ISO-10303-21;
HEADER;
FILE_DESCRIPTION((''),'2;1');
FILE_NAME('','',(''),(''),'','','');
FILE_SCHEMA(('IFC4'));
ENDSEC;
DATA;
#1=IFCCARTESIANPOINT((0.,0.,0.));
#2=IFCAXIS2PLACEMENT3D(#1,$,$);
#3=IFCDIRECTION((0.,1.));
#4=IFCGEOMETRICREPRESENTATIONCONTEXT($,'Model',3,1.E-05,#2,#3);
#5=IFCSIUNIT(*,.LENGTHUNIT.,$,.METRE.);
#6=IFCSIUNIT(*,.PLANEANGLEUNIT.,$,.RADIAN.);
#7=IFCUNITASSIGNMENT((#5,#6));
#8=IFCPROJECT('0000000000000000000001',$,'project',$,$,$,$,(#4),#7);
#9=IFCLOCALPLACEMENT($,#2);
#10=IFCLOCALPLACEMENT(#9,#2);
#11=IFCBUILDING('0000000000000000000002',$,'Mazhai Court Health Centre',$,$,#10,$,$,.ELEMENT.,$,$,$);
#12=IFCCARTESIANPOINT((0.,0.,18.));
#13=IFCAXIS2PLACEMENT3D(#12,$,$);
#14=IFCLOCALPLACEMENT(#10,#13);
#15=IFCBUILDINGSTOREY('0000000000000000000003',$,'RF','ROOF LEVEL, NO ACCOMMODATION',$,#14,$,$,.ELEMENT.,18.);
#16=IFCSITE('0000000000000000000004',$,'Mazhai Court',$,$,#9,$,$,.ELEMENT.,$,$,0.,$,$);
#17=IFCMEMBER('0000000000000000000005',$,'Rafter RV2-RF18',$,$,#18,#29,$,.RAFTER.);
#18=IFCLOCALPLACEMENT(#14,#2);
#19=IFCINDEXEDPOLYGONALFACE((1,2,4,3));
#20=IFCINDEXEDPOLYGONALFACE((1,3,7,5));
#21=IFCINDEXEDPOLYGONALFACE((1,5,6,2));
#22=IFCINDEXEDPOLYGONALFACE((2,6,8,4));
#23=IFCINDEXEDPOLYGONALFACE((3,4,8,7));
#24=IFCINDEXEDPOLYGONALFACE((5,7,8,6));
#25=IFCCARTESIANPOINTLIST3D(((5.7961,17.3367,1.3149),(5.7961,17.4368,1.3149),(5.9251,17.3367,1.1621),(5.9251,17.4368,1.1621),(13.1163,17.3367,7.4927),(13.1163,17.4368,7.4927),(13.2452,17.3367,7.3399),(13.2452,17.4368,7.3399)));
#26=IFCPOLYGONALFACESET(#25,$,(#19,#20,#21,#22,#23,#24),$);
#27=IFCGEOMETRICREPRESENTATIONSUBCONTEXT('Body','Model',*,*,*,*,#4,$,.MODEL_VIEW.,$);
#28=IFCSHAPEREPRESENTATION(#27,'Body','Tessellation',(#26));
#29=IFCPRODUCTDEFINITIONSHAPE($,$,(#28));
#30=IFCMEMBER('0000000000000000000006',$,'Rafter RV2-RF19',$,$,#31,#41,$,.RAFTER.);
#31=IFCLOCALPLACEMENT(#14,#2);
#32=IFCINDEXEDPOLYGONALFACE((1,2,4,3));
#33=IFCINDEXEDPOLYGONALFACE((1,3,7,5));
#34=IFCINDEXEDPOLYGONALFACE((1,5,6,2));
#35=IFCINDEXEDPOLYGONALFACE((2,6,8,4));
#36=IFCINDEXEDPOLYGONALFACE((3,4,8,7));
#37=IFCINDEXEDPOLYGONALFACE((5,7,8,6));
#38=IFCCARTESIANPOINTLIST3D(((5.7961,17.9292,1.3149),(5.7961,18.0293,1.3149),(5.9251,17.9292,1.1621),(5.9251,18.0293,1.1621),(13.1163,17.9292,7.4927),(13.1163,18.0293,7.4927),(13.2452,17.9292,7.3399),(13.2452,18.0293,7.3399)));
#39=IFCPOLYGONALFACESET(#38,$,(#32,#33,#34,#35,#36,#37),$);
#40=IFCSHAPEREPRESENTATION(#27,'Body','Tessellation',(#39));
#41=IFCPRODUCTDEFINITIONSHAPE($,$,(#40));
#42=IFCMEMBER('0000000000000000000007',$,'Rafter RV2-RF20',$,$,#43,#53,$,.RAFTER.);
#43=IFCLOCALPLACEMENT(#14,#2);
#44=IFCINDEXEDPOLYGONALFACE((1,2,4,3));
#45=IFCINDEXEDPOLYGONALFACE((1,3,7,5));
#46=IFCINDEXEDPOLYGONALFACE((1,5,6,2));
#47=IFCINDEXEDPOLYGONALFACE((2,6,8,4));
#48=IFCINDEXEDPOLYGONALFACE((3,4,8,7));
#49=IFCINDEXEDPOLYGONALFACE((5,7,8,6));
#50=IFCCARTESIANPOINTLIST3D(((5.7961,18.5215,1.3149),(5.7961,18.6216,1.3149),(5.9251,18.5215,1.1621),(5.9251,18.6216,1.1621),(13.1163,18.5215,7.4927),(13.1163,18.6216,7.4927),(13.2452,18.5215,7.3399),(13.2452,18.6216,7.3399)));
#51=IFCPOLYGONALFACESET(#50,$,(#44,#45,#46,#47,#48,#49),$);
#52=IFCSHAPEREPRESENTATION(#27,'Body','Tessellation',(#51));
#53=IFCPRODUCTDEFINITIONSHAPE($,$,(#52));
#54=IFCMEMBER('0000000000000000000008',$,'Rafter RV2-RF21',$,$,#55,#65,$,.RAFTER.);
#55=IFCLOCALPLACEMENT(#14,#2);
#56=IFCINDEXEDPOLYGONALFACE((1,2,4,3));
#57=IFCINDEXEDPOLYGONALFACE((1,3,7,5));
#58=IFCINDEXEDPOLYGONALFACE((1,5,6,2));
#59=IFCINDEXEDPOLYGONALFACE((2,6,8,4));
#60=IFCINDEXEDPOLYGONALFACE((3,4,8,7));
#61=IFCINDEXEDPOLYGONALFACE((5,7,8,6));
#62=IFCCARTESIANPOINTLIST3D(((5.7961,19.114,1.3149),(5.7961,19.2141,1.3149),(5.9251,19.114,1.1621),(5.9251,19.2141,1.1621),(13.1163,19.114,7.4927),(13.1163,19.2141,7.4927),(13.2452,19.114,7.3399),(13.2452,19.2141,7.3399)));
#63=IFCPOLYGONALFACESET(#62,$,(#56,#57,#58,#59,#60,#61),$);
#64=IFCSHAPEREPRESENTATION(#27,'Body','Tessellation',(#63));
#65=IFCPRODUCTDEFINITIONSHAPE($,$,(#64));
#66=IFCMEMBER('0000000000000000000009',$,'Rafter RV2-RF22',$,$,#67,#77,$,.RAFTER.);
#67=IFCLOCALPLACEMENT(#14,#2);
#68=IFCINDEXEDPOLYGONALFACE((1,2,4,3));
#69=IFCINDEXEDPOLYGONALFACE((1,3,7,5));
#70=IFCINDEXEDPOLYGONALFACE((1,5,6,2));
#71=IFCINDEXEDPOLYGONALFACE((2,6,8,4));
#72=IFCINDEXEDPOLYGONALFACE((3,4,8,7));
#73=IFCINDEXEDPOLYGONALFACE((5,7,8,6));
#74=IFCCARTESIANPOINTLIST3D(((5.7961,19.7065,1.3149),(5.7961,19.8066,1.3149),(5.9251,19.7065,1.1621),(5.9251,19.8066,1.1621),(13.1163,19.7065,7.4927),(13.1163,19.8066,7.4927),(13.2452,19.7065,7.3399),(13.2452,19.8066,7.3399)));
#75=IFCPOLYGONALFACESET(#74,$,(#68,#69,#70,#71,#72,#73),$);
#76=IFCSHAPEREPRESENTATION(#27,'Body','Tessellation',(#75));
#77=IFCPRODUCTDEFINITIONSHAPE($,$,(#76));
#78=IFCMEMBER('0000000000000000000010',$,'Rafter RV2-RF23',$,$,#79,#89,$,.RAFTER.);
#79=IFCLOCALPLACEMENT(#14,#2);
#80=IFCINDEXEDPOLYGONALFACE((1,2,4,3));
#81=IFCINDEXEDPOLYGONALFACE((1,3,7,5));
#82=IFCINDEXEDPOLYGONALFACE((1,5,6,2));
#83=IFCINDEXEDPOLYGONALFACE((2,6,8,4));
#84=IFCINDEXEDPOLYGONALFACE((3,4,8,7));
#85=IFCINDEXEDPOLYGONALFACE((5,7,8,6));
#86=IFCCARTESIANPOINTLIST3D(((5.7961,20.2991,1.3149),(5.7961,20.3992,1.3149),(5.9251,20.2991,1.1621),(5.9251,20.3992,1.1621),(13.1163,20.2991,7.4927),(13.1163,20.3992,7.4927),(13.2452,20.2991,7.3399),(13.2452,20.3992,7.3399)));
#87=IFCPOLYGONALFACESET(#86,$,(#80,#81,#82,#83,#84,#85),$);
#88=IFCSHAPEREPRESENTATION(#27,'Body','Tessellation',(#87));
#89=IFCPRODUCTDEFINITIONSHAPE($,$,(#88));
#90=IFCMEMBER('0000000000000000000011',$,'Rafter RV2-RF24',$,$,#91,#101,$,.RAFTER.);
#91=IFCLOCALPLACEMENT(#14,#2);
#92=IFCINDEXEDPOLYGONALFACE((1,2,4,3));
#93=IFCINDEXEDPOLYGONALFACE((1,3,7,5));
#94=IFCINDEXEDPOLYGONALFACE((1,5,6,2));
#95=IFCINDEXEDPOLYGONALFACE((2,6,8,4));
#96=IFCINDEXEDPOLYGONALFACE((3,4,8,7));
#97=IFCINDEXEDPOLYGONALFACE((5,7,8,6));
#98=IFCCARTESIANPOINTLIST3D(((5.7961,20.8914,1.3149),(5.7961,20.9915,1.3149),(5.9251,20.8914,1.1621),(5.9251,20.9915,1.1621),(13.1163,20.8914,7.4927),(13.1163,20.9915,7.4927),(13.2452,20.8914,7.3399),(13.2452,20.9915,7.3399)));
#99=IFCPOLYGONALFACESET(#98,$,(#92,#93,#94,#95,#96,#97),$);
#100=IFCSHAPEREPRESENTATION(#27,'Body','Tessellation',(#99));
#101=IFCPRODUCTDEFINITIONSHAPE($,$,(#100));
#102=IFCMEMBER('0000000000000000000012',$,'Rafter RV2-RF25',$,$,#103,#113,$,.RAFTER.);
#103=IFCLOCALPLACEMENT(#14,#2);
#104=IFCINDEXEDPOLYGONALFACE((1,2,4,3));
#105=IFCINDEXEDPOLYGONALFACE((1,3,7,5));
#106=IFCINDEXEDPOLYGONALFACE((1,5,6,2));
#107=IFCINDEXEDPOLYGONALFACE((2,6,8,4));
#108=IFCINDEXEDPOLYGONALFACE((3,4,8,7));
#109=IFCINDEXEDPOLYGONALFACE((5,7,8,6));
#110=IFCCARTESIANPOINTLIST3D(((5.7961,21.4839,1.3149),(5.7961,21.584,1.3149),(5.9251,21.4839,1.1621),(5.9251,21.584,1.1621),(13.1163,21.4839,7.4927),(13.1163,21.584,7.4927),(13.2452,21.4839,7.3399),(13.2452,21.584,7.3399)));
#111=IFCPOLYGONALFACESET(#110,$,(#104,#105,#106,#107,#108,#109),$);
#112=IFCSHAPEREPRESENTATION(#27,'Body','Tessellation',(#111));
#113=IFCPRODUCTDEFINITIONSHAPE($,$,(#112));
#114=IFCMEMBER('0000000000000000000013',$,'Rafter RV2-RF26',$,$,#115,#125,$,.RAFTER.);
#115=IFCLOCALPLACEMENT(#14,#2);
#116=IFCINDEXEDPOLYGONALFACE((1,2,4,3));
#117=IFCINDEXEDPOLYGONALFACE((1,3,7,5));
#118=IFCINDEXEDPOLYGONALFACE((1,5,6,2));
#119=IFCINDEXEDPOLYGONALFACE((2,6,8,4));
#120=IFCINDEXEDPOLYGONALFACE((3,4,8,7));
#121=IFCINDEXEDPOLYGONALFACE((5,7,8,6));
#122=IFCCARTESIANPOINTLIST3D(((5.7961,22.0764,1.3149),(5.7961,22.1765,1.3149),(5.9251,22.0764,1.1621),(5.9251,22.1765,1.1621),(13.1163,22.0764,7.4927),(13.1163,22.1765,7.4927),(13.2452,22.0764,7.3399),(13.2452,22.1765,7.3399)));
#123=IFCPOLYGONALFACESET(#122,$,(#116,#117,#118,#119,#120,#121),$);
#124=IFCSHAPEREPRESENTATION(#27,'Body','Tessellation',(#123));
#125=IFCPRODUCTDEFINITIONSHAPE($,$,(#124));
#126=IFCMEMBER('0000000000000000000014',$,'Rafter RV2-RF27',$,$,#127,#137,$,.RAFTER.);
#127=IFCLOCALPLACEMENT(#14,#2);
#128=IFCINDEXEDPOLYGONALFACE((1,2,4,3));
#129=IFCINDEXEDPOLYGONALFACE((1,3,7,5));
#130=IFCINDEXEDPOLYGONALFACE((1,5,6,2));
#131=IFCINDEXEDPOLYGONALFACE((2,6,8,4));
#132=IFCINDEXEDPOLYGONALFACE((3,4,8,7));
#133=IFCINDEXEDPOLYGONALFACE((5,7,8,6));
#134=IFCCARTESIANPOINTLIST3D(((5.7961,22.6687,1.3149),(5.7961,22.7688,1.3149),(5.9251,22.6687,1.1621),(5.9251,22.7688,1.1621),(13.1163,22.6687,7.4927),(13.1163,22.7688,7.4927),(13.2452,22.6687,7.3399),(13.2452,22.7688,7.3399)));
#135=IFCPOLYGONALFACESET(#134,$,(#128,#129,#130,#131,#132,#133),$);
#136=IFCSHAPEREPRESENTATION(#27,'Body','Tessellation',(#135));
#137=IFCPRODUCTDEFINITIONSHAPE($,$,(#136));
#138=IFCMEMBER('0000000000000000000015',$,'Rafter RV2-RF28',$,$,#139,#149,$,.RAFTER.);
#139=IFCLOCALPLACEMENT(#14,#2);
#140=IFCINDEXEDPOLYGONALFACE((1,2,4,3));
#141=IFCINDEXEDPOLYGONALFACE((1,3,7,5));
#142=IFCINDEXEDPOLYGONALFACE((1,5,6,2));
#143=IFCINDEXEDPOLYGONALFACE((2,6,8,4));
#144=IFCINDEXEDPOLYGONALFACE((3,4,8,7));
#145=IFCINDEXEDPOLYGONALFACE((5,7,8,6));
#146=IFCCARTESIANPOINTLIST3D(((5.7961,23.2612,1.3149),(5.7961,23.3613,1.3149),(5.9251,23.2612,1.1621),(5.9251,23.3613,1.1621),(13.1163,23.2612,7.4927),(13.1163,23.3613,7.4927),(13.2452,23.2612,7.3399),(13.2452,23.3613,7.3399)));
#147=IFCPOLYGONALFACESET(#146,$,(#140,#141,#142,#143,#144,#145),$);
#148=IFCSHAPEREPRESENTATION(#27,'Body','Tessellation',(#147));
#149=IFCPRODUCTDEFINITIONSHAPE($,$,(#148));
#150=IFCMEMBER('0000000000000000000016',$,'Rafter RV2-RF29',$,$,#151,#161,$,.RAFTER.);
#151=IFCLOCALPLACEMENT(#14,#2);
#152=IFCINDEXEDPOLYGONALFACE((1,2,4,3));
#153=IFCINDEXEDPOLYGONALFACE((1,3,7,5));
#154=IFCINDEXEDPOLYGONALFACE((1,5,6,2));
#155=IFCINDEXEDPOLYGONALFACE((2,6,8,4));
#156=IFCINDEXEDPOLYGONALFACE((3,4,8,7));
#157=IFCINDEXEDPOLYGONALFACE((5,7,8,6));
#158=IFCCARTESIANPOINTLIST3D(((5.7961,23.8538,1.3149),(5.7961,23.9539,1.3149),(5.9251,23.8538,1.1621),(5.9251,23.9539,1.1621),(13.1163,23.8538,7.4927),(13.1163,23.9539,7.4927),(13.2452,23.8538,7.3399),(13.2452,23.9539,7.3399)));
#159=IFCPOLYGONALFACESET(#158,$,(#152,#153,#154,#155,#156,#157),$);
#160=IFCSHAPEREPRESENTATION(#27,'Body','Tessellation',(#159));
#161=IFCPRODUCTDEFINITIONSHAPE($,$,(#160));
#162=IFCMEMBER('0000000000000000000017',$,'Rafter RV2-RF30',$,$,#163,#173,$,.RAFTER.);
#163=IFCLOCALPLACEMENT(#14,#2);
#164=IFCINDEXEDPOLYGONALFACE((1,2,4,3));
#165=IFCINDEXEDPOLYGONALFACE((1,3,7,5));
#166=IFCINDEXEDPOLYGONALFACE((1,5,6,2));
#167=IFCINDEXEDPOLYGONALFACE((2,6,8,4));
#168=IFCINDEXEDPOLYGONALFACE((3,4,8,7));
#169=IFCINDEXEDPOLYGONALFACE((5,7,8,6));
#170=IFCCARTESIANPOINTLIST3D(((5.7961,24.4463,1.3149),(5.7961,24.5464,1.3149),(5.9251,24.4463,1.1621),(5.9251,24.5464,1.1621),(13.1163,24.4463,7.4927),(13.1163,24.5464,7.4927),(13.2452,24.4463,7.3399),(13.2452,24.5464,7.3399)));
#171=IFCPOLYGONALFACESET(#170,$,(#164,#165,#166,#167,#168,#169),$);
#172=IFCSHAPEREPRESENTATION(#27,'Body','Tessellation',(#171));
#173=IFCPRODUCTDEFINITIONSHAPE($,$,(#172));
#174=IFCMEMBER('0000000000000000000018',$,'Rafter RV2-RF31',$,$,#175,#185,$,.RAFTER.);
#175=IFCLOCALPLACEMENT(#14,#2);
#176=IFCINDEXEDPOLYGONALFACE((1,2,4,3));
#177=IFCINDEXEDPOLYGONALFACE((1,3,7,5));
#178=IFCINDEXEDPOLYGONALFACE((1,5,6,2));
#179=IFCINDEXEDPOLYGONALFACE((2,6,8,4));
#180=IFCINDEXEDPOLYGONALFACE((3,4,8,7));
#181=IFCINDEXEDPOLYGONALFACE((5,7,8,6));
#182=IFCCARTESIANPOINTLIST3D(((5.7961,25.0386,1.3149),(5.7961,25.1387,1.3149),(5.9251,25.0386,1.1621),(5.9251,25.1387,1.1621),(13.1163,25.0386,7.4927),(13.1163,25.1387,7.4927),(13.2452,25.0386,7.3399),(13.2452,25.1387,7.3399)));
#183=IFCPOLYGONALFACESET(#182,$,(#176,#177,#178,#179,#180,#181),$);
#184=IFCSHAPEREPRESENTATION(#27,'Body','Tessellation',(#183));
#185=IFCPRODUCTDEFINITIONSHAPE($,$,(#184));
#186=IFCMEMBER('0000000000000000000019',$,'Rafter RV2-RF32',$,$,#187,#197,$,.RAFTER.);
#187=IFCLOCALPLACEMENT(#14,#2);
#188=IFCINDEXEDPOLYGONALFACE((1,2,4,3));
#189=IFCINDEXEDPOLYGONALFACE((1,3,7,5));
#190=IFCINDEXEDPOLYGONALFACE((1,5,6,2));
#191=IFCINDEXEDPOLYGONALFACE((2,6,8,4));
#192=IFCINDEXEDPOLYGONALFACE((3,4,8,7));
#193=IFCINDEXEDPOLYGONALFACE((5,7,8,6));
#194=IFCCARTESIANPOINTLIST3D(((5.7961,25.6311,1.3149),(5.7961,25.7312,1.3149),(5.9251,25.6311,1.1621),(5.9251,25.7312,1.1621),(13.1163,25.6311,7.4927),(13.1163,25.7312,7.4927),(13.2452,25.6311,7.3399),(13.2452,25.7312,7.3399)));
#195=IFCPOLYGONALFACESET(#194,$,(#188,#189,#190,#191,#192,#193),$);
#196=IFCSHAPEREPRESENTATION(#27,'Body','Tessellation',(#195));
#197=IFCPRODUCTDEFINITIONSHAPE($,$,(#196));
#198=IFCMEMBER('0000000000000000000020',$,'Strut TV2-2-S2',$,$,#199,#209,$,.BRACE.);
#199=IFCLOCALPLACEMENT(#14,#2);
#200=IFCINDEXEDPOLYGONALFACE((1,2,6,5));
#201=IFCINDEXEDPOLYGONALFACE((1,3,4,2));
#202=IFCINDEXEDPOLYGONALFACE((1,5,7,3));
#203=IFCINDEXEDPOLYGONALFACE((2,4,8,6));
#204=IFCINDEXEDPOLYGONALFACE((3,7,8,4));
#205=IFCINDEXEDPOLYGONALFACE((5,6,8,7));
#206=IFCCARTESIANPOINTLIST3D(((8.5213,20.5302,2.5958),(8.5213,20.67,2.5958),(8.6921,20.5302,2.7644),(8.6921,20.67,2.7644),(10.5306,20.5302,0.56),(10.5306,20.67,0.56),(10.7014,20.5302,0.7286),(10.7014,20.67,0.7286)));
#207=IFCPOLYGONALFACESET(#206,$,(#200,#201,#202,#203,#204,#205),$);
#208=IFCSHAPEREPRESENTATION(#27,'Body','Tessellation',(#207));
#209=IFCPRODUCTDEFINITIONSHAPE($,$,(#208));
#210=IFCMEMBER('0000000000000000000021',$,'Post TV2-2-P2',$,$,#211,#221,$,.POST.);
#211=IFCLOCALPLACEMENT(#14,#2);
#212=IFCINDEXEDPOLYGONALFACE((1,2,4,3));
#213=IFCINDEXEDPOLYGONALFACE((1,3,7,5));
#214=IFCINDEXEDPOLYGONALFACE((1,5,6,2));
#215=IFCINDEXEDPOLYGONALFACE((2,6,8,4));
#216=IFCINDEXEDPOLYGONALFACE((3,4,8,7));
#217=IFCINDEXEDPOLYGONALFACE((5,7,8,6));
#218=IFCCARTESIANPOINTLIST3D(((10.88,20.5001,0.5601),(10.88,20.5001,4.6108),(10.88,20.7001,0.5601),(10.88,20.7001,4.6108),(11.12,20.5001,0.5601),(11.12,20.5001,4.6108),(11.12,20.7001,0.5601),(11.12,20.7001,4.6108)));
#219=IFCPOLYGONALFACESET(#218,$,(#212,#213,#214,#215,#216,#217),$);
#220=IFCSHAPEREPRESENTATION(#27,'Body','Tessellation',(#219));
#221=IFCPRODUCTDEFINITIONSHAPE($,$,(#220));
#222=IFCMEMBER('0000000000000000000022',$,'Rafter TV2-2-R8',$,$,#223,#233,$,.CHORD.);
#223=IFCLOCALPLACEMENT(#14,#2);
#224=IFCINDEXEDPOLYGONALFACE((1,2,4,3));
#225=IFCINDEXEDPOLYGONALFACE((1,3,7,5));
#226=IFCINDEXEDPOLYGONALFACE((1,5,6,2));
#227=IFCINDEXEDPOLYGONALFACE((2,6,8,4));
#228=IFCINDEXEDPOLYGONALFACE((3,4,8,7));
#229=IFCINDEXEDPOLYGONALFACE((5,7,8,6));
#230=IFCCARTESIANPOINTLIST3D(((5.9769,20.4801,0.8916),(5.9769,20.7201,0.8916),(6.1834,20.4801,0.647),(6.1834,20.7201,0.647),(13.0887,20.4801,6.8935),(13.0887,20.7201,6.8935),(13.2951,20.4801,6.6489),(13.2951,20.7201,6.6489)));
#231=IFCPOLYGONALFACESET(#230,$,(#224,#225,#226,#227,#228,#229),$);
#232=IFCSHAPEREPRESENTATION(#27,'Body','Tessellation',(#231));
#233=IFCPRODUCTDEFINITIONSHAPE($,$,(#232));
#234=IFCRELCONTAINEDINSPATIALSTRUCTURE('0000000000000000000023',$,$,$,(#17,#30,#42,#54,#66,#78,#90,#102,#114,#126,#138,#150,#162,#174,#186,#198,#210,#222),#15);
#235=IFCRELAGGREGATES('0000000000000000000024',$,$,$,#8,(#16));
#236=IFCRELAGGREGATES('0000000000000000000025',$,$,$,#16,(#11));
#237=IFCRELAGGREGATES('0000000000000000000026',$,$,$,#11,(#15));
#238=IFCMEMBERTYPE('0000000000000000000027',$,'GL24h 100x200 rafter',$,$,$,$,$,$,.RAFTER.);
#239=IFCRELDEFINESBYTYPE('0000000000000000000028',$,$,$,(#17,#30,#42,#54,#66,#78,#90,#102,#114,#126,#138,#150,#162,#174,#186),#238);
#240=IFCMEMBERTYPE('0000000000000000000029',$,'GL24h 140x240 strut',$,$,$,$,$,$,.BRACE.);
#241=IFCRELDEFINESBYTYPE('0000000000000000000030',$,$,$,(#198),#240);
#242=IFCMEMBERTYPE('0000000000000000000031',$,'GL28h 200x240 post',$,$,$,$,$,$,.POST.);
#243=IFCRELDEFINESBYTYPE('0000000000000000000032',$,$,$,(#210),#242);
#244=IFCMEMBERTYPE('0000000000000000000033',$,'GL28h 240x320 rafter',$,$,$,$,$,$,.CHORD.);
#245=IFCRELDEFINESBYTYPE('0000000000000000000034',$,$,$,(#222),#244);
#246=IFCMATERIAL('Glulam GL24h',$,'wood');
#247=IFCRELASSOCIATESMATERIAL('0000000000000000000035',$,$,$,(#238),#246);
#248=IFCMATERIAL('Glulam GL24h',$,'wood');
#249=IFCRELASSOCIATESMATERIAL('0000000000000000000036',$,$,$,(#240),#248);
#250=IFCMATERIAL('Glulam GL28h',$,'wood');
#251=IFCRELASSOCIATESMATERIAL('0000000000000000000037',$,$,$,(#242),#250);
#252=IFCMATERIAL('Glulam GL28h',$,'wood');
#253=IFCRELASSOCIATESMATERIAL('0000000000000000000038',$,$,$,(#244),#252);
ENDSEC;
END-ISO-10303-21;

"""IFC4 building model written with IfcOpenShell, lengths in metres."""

from ifc_helpers import new_model, si_unit, direction, frame, origin, origin_2d, place, context, subcontext, project, spatial, rectangle, extrude, material, material_profile, profile_set, type_object, element, save


model = new_model("IFC4")

# Units and contexts
model_context = context("Model", 3, precision=1e-05, world=origin(), true_north=direction((0.0, 1.0)))
body_context = subcontext(model_context, "Body", "Model", "MODEL_VIEW")
ifc_project = project(units=[si_unit("LENGTHUNIT", "METRE"), si_unit("PLANEANGLEUNIT", "RADIAN")], contexts=[model_context])

# Site, building, storey
site_placement = place(None, origin())
site = spatial("IfcSite", under=ifc_project, at=site_placement, Name="Mazhai Court", CompositionType="ELEMENT", RefElevation=0.0)
building_placement = place(site_placement, origin())
building = spatial("IfcBuilding", under=site, at=building_placement, Name="Mazhai Court Health Centre", CompositionType="ELEMENT")
storey_placement = place(building_placement, frame((0.0, 0.0, 18.0)))
storey = spatial("IfcBuildingStorey", under=building, at=storey_placement, Name="RF", Description="ROOF LEVEL, NO ACCOMMODATION", CompositionType="ELEMENT", Elevation=18.0)

# Members
ifc_material_1 = material(Name="Glulam GL24h", Category="wood")
ifc_material_profile_1 = material_profile(ifc_material_1, rectangle(XDim=0.1001, YDim=0.2, at=origin_2d()), Name="GL24h 100x200")
ifc_profile_set_1 = profile_set([ifc_material_profile_1], Name="Glulam GL24h")
member_type_1 = type_object("IfcMemberType", Name="GL24h 100x200 rafter", PredefinedType="RAFTER", material=ifc_profile_set_1)
for number, where, z_axis, x_axis, name in (
    (1, (5.8606, 17.3867, 1.2385), (0.764218, 0.0, 0.644958), (0.0, 1.0, 0.0), "Rafter RV2-RF18"),
    (2, (5.8606, 17.9792, 1.2385), (0.764218, 0.0, 0.644958), (0.0, 1.0, 0.0), "Rafter RV2-RF19"),
    (3, (5.8606, 18.5715, 1.2385), (0.764218, 0.0, 0.644958), (0.0, 1.0, 0.0), "Rafter RV2-RF20"),
    (4, (5.8606, 19.1641, 1.2385), (0.764218, 0.0, 0.644958), (0.0, 1.0, 0.0), "Rafter RV2-RF21"),
    (5, (5.8606, 19.7566, 1.2385), (0.764218, 0.0, 0.644958), (0.0, 1.0, 0.0), "Rafter RV2-RF22"),
    (6, (5.8606, 20.3491, 1.2385), (0.764218, 0.0, 0.644958), (0.0, 1.0, 0.0), "Rafter RV2-RF23"),
    (7, (5.8606, 20.9414, 1.2385), (0.764218, 0.0, 0.644958), (0.0, 1.0, 0.0), "Rafter RV2-RF24"),
    (8, (5.8606, 21.5339, 1.2385), (0.764218, 0.0, 0.644958), (0.0, 1.0, 0.0), "Rafter RV2-RF25"),
    (9, (5.8606, 22.1265, 1.2385), (0.764218, 0.0, 0.644958), (0.0, 1.0, 0.0), "Rafter RV2-RF26"),
    (10, (5.8606, 22.7188, 1.2385), (0.764218, 0.0, 0.644958), (0.0, 1.0, 0.0), "Rafter RV2-RF27"),
    (11, (5.8606, 23.3113, 1.2385), (0.764218, 0.0, 0.644958), (0.0, 1.0, 0.0), "Rafter RV2-RF28"),
    (12, (5.8606, 23.9038, 1.2385), (0.764218, 0.0, 0.644958), (0.0, 1.0, 0.0), "Rafter RV2-RF29"),
    (13, (5.8606, 24.4963, 1.2385), (0.764218, 0.0, 0.644958), (0.0, 1.0, 0.0), "Rafter RV2-RF30"),
    (14, (5.8606, 25.0886, 1.2385), (0.764218, 0.0, 0.644958), (0.0, 1.0, 0.0), "Rafter RV2-RF31"),
    (15, (5.8606, 25.6812, 1.2385), (0.764218, 0.0, 0.644958), (0.0, 1.0, 0.0), "Rafter RV2-RF32"),
):
    element("IfcMember", number, at=place(storey_placement, frame(where, z_axis=z_axis, x_axis=x_axis)), inside=storey, type_object=member_type_1, Name=name, PredefinedType="RAFTER", context=body_context, shape_type="SweptSolid", body=[
        extrude(rectangle(XDim=0.1001, YDim=0.2, at=origin_2d()), origin(), (0.0, 0.0, 1.0), 9.5786),
    ])
ifc_material_2 = material(Name="Glulam GL24h", Category="wood")
ifc_material_profile_2 = material_profile(ifc_material_2, rectangle(XDim=0.1399, YDim=0.24, at=origin_2d()), Name="GL24h 140x240")
ifc_profile_set_2 = profile_set([ifc_material_profile_2], Name="Glulam GL24h")
member_type_2 = type_object("IfcMemberType", Name="GL24h 140x240 strut", PredefinedType="BRACE", material=ifc_profile_set_2)
member_1_placement = place(storey_placement, frame((10.616, 20.6001, 0.6443), z_axis=(-0.70244, 0.0, 0.711743), x_axis=(0.0, -1.0, 0.0)))
element("IfcMember", 16, at=member_1_placement, inside=storey, type_object=member_type_2, Name="Strut TV2-2-S2", PredefinedType="BRACE", context=body_context, shape_type="SweptSolid", body=[
    extrude(rectangle(XDim=0.1399, YDim=0.24, at=origin_2d()), origin(), (0.0, 0.0, 1.0), 2.8604),
])
ifc_material_3 = material(Name="Glulam GL28h", Category="wood")
ifc_material_profile_3 = material_profile(ifc_material_3, rectangle(XDim=0.2, YDim=0.24, at=origin_2d()), Name="GL28h 200x240")
ifc_profile_set_3 = profile_set([ifc_material_profile_3], Name="Glulam GL28h")
member_type_3 = type_object("IfcMemberType", Name="GL28h 200x240 post", PredefinedType="POST", material=ifc_profile_set_3)
member_2_placement = place(storey_placement, frame((11.0, 20.6001, 0.5601), z_axis=(0.0, 0.0, 1.0), x_axis=(0.0, 1.0, 0.0)))
element("IfcMember", 17, at=member_2_placement, inside=storey, type_object=member_type_3, Name="Post TV2-2-P2", PredefinedType="POST", context=body_context, shape_type="SweptSolid", body=[
    extrude(rectangle(XDim=0.2, YDim=0.24, at=origin_2d()), origin(), (0.0, 0.0, 1.0), 4.0508),
])
ifc_material_4 = material(Name="Glulam GL28h", Category="wood")
ifc_material_profile_4 = material_profile(ifc_material_4, rectangle(XDim=0.24, YDim=0.3201, at=origin_2d()), Name="GL28h 240x320")
ifc_profile_set_4 = profile_set([ifc_material_profile_4], Name="Glulam GL28h")
member_type_4 = type_object("IfcMemberType", Name="GL28h 240x320 rafter", PredefinedType="CHORD", material=ifc_profile_set_4)
member_3_placement = place(storey_placement, frame((13.1919, 20.6001, 6.7712), z_axis=(-0.76422, 0.0, -0.644956), x_axis=(0.0, -1.0, 0.0)))
element("IfcMember", 18, at=member_3_placement, inside=storey, type_object=member_type_4, Name="Rafter TV2-2-R8", PredefinedType="CHORD", context=body_context, shape_type="SweptSolid", body=[
    extrude(rectangle(XDim=0.24, YDim=0.3201, at=origin_2d()), origin(), (0.0, 0.0, 1.0), 9.3059),
])

save(model, "model.ifc")
